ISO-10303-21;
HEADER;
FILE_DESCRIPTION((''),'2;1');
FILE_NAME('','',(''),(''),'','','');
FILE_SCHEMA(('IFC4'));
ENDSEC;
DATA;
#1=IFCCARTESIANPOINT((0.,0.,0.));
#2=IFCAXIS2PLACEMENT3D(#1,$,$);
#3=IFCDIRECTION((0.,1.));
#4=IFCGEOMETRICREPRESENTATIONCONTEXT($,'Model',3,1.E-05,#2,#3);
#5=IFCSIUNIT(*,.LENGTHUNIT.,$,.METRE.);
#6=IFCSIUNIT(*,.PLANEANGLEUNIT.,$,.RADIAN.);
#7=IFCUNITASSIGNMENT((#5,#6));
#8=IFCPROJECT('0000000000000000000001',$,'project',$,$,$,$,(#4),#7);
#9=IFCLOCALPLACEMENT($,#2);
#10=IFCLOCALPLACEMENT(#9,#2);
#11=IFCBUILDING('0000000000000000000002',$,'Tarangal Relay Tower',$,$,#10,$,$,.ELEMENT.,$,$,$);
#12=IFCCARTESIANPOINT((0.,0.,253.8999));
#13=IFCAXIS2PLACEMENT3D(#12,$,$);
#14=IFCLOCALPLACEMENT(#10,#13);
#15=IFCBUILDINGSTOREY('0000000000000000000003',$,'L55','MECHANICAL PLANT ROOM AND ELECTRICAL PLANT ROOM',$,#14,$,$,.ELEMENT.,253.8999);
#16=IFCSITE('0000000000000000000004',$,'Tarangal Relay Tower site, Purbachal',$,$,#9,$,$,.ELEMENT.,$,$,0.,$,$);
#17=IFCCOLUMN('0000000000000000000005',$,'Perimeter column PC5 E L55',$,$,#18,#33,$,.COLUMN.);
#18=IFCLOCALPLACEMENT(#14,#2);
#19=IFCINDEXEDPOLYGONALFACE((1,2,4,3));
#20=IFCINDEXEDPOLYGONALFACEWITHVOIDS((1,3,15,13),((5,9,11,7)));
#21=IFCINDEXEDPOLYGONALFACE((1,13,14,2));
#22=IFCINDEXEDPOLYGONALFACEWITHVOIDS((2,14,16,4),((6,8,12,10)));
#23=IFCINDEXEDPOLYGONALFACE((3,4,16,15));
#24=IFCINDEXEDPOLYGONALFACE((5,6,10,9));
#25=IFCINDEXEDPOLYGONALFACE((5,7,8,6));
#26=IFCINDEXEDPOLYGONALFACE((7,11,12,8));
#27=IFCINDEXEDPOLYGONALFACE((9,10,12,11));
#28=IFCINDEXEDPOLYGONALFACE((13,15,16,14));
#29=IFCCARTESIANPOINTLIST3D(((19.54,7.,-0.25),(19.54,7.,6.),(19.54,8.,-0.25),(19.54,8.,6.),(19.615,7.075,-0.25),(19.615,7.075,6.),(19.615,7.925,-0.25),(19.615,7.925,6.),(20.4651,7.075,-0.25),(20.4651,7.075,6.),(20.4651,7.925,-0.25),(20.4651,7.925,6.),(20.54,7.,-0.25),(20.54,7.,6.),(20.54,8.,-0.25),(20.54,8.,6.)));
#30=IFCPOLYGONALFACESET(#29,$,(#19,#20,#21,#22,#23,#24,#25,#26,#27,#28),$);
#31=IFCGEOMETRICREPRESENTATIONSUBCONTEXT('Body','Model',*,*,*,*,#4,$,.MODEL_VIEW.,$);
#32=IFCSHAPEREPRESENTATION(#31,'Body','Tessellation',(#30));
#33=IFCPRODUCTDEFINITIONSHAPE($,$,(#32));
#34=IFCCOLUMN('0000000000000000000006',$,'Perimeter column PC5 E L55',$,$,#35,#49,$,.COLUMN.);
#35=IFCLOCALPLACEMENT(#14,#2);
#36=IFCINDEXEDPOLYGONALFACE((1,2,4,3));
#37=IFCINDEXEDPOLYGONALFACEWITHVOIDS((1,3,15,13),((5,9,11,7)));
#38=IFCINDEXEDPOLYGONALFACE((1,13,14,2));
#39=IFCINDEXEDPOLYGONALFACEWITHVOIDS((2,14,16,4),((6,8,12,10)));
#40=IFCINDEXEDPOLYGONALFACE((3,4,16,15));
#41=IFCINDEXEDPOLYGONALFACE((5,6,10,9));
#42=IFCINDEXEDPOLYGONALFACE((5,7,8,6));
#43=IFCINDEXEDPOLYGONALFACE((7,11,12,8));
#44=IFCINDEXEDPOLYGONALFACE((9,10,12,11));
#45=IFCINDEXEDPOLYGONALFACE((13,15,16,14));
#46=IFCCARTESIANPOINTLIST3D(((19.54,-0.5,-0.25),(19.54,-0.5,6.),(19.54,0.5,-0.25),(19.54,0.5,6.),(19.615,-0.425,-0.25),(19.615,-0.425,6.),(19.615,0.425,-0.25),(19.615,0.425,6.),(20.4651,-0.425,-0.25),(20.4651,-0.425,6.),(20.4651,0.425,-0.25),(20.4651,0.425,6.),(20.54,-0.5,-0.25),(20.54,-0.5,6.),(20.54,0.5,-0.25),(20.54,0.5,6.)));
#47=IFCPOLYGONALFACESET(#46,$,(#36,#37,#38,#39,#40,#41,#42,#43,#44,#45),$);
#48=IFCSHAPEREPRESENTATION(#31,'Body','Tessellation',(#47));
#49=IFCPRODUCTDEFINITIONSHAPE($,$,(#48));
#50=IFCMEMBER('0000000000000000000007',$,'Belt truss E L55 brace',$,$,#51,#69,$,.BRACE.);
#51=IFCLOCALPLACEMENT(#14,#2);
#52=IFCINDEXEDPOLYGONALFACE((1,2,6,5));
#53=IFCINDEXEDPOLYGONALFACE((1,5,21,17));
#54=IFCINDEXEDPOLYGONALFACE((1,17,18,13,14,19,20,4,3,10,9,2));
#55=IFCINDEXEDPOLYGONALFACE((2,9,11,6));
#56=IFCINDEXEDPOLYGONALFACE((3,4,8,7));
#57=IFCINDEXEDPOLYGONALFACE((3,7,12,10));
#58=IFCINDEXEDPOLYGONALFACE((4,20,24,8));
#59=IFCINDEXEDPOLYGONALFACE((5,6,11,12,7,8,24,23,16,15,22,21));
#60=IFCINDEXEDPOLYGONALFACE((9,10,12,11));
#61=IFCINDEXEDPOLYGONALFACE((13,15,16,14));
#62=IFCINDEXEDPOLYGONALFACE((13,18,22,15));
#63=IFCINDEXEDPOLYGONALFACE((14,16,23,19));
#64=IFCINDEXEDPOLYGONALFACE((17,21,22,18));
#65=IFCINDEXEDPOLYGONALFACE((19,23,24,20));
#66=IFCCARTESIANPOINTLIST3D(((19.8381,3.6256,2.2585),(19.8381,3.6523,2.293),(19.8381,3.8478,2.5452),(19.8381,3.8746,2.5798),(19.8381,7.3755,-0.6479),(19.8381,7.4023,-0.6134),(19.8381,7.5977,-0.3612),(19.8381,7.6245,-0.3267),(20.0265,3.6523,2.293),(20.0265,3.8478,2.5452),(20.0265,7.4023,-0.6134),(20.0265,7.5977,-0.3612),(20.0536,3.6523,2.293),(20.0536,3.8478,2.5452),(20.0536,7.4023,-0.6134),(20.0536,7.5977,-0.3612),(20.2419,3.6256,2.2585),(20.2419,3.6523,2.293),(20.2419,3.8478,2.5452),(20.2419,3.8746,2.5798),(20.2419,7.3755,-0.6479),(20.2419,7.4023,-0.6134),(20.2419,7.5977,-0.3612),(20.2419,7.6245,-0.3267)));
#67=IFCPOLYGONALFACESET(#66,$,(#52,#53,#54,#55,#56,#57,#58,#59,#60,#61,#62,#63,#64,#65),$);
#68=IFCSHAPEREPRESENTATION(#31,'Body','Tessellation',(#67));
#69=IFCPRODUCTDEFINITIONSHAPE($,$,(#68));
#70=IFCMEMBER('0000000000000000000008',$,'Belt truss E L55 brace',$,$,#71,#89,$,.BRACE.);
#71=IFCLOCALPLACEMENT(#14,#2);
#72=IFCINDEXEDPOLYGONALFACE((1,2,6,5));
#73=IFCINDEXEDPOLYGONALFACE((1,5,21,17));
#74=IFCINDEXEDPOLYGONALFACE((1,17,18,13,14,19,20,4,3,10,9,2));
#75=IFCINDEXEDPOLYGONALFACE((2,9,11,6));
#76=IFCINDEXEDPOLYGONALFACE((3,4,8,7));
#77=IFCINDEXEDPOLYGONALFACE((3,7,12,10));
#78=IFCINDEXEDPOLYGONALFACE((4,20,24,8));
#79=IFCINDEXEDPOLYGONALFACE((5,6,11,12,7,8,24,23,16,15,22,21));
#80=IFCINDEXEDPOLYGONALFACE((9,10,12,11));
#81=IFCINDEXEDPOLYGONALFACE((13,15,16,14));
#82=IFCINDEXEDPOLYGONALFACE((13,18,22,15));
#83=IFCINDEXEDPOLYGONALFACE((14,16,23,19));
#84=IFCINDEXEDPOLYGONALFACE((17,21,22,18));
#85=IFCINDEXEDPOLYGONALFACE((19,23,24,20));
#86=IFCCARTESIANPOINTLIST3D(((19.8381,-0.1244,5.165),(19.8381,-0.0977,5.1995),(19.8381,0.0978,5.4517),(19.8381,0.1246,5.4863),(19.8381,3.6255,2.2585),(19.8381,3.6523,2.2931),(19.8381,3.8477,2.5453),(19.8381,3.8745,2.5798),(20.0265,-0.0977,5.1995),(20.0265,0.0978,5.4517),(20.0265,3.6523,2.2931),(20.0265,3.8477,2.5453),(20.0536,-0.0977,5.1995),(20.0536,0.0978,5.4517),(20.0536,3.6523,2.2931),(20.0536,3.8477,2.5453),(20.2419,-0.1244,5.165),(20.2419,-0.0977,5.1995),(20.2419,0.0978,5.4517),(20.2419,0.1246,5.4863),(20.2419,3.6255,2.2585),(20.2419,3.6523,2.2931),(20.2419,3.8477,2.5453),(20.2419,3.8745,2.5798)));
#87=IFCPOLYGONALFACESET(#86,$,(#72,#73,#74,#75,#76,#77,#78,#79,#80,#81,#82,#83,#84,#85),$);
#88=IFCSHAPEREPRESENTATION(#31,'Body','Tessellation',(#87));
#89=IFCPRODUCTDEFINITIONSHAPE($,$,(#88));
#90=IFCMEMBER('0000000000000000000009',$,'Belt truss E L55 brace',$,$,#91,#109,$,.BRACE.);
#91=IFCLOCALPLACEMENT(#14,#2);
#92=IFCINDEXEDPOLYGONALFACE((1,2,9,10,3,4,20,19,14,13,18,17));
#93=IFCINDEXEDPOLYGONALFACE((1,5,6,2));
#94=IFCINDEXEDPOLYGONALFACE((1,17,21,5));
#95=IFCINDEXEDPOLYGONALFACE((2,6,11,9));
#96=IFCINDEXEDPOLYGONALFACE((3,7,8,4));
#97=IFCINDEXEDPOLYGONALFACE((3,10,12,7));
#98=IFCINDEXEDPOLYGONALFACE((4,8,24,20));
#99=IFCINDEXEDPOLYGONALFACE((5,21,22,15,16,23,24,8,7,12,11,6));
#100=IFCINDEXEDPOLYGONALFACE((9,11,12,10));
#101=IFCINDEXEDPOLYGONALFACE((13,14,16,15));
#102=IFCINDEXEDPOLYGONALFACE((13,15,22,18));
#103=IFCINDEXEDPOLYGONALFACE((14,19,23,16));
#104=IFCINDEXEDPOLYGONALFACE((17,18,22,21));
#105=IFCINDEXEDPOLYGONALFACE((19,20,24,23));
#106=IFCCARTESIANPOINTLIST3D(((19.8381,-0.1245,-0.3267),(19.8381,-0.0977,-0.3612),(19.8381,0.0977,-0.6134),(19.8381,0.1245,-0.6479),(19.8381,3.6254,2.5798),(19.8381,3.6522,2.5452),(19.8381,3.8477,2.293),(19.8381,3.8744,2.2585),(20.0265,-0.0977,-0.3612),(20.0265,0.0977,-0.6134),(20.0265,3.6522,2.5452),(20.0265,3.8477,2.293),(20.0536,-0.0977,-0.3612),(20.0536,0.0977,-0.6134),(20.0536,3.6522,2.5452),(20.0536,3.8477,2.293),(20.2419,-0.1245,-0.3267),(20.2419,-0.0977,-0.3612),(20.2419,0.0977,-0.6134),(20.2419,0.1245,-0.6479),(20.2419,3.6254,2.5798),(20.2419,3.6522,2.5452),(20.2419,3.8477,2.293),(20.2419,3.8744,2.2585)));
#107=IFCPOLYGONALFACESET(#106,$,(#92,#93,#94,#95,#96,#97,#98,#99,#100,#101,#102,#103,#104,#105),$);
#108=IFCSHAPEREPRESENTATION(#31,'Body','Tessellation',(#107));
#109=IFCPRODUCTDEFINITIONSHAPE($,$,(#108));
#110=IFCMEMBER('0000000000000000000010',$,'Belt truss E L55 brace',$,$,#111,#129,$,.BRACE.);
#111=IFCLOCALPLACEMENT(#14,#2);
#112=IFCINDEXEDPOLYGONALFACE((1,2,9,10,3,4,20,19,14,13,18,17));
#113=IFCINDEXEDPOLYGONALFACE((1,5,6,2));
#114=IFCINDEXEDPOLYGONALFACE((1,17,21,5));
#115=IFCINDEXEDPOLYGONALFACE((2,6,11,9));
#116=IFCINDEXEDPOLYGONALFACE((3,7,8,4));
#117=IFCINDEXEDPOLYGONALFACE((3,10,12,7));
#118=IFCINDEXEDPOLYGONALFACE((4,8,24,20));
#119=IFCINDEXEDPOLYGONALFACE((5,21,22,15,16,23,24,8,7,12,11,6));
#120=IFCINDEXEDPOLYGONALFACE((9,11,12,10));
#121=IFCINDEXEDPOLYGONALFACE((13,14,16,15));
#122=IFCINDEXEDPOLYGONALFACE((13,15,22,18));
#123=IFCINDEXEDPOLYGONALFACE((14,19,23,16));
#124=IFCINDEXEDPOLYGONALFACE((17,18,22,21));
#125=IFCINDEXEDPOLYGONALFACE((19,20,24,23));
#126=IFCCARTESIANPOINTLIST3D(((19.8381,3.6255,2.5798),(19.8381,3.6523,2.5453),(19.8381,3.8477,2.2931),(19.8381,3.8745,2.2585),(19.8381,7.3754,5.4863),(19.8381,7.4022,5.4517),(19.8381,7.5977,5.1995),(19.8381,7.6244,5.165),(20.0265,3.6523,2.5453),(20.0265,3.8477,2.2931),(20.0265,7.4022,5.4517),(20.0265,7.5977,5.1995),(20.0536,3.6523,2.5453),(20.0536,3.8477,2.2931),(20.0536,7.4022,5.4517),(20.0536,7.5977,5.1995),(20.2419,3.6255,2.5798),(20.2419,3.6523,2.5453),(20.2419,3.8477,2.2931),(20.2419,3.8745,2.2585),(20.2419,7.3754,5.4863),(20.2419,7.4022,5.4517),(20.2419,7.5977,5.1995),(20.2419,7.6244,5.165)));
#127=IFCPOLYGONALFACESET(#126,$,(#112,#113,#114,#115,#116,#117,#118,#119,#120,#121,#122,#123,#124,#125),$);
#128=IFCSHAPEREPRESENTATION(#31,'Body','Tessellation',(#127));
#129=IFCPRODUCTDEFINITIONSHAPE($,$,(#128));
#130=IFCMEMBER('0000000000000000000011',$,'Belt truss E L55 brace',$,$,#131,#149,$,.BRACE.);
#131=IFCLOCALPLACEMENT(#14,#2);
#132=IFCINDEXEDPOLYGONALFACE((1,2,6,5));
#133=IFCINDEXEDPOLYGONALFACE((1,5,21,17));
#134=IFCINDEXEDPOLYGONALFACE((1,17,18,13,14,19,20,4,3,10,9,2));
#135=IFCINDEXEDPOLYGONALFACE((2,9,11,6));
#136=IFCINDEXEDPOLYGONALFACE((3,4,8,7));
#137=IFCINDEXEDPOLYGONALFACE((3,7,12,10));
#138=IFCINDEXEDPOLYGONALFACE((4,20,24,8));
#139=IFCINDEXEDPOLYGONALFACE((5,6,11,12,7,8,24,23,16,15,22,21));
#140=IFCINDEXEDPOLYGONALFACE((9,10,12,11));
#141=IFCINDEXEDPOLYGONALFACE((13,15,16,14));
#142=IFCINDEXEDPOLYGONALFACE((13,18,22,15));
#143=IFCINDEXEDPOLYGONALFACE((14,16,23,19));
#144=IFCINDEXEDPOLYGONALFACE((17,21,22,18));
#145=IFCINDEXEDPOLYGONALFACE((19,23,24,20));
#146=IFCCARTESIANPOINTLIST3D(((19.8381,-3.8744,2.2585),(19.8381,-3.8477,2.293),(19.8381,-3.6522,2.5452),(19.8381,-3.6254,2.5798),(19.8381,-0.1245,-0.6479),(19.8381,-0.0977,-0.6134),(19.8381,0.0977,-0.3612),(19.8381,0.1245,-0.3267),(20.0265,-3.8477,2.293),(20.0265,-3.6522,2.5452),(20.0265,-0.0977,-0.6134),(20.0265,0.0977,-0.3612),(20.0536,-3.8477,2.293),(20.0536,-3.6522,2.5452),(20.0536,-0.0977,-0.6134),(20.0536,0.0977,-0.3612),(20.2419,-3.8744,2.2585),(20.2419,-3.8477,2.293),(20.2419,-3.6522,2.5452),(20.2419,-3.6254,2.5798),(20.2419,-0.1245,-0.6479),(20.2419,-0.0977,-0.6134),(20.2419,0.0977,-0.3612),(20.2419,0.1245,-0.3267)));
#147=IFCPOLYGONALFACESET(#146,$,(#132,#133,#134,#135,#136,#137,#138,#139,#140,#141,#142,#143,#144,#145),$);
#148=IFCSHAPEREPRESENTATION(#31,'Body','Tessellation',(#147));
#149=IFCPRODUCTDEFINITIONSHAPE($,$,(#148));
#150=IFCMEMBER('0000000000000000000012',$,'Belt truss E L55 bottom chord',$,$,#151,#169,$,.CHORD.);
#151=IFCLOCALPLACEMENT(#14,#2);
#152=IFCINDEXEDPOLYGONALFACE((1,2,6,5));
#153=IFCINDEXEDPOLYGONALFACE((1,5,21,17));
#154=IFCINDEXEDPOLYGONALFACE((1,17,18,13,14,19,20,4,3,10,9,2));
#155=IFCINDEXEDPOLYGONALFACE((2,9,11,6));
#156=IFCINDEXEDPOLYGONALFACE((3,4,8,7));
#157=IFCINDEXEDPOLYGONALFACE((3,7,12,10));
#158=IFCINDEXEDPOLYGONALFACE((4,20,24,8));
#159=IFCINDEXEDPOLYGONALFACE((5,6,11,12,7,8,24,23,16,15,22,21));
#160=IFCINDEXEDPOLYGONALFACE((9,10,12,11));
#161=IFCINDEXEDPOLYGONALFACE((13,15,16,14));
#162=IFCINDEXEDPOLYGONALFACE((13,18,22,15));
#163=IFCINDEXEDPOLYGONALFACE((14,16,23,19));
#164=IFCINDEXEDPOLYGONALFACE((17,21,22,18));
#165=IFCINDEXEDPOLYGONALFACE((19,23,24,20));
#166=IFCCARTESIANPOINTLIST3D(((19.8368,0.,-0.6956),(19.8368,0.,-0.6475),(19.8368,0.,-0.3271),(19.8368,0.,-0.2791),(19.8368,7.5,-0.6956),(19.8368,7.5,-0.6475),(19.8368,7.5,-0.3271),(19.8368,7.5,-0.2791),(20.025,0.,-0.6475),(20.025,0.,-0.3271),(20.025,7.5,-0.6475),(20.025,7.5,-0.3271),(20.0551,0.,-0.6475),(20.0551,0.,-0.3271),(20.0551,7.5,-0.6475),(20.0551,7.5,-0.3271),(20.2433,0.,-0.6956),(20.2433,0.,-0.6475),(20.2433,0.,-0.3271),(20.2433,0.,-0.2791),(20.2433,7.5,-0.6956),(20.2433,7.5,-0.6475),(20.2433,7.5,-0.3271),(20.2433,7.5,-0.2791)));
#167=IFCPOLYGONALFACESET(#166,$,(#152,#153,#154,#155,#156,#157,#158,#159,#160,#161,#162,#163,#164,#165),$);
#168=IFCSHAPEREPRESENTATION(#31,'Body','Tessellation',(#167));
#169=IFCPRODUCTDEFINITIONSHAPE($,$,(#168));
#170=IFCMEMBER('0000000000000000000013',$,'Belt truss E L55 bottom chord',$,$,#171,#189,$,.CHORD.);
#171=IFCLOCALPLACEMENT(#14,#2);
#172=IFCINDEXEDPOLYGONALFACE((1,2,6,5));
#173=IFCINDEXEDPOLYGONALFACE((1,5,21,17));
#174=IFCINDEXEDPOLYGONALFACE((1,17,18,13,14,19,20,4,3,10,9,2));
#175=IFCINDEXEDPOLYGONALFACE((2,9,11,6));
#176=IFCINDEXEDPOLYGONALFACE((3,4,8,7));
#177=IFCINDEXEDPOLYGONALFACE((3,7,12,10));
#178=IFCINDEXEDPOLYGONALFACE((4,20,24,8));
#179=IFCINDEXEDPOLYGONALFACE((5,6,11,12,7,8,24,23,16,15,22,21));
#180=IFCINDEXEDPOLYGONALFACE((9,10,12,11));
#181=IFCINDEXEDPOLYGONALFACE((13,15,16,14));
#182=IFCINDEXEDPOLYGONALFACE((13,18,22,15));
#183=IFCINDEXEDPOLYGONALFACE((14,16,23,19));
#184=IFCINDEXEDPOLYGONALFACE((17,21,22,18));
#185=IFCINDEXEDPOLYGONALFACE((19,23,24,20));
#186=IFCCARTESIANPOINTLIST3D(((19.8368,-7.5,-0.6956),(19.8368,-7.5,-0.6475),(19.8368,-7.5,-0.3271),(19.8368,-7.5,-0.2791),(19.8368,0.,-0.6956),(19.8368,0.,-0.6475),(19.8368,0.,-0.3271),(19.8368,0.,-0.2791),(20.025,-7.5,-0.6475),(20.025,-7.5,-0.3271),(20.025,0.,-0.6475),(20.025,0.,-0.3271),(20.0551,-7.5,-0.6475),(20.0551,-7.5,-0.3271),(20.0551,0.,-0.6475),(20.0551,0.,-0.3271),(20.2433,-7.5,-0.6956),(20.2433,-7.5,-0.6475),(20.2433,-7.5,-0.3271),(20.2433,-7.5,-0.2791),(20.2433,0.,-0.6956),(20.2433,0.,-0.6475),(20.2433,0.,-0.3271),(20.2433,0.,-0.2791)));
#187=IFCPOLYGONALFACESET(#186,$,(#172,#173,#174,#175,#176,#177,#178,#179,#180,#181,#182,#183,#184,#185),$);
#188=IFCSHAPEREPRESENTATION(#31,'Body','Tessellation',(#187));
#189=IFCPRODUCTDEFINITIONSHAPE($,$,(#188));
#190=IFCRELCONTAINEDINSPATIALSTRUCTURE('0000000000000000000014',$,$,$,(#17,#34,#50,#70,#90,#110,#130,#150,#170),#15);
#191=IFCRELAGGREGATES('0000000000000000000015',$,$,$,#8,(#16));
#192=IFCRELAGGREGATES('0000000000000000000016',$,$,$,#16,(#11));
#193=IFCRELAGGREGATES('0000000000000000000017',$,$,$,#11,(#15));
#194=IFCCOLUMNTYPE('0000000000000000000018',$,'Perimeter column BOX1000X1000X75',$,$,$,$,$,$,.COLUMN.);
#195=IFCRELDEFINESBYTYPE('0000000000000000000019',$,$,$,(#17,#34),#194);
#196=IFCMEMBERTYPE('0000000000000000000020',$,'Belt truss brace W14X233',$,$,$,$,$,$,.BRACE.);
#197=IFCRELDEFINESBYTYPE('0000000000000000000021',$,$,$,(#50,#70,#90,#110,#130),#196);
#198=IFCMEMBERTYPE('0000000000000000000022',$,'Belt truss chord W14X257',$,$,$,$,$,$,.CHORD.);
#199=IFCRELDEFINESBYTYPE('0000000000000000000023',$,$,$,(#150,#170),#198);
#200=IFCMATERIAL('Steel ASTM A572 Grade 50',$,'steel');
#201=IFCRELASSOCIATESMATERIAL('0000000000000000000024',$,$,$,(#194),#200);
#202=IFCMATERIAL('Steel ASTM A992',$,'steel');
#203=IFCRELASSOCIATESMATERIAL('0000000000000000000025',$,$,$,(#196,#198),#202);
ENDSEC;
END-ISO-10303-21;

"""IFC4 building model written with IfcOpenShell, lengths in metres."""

from ifc_helpers import new_model, si_unit, direction, frame, origin, origin_2d, place, context, subcontext, project, spatial, hollow_rectangle, i_section, extrude, material, material_profile, profile_set, type_object, element, save


model = new_model("IFC4")

# Units and contexts
model_context = context("Model", 3, precision=1e-05, world=origin(), true_north=direction((0.0, 1.0)))
body_context = subcontext(model_context, "Body", "Model", "MODEL_VIEW")
ifc_project = project(units=[si_unit("LENGTHUNIT", "METRE"), si_unit("PLANEANGLEUNIT", "RADIAN")], contexts=[model_context])

# Site, building, storey
site_placement = place(None, origin())
site = spatial("IfcSite", under=ifc_project, at=site_placement, Name="Tarangal Relay Tower site, Purbachal", CompositionType="ELEMENT", RefElevation=0.0)
building_placement = place(site_placement, origin())
building = spatial("IfcBuilding", under=site, at=building_placement, Name="Tarangal Relay Tower", CompositionType="ELEMENT")
storey_placement = place(building_placement, frame((0.0, 0.0, 253.8999)))
storey = spatial("IfcBuildingStorey", under=building, at=storey_placement, Name="L55", Description="MECHANICAL PLANT ROOM AND ELECTRICAL PLANT ROOM", CompositionType="ELEMENT", Elevation=253.8999)

# Columns
ifc_material_1 = material(Name="Steel ASTM A572 Grade 50", Category="steel")
ifc_material_profile_1 = material_profile(ifc_material_1, hollow_rectangle(XDim=1.0, YDim=1.0, WallThickness=0.075, at=origin_2d()), Name="BOX1000X1000X75")
ifc_profile_set_1 = profile_set([ifc_material_profile_1], Name="Steel ASTM A572 Grade 50")
column_type = type_object("IfcColumnType", Name="Perimeter column BOX1000X1000X75", PredefinedType="COLUMN", material=ifc_profile_set_1)
for number, where, z_axis, x_axis, name in (
    (1, (20.04, 7.5, -0.25), (0.0, 0.0, 1.0), (1.0, 0.0, 0.0), "Perimeter column PC5 E L55"),
    (2, (20.04, 0.0, -0.25), (0.0, 0.0, 1.0), (1.0, 0.0, 0.0), "Perimeter column PC5 E L55"),
):
    element("IfcColumn", number, at=place(storey_placement, frame(where, z_axis=z_axis, x_axis=x_axis)), inside=storey, type_object=column_type, Name=name, PredefinedType="COLUMN", context=body_context, shape_type="SweptSolid", body=[
        extrude(hollow_rectangle(XDim=1.0, YDim=1.0, WallThickness=0.075, at=origin_2d()), origin(), (0.0, 0.0, 1.0), 6.25),
    ])

# Members
ifc_material_2 = material(Name="Steel ASTM A992", Category="steel")
ifc_material_profile_2 = material_profile(ifc_material_2, i_section(OverallWidth=0.4038, OverallDepth=0.4065, WebThickness=0.0271, FlangeThickness=0.0437, at=origin_2d()), Name="W14X233")
ifc_profile_set_2 = profile_set([ifc_material_profile_2], Name="Steel ASTM A992")
member_type_1 = type_object("IfcMemberType", Name="Belt truss brace W14X233", PredefinedType="BRACE", material=ifc_profile_set_2)
for number, where, z_axis, x_axis, name in (
    (3, (20.04, 7.5, -0.4873), (0.0, -0.79039, 0.612604), (1.0, 0.0, 0.0), "Belt truss E L55 brace"),
    (4, (20.04, 3.75, 2.4192), (0.0, -0.79039, 0.612604), (1.0, 0.0, 0.0), "Belt truss E L55 brace"),
    (5, (20.04, 0.0, -0.4873), (0.0, 0.79039, 0.612604), (-1.0, 0.0, 0.0), "Belt truss E L55 brace"),
    (6, (20.04, 3.75, 2.4192), (0.0, 0.79039, 0.612604), (-1.0, 0.0, 0.0), "Belt truss E L55 brace"),
    (7, (20.04, 0.0, -0.4873), (0.0, -0.79039, 0.612604), (1.0, 0.0, 0.0), "Belt truss E L55 brace"),
):
    element("IfcMember", number, at=place(storey_placement, frame(where, z_axis=z_axis, x_axis=x_axis)), inside=storey, type_object=member_type_1, Name=name, PredefinedType="BRACE", context=body_context, shape_type="SweptSolid", body=[
        extrude(i_section(OverallWidth=0.4038, OverallDepth=0.4065, WebThickness=0.0271, FlangeThickness=0.0437, at=origin_2d()), origin(), (0.0, 0.0, 1.0), 4.7444),
    ])
ifc_material_profile_3 = material_profile(ifc_material_2, i_section(OverallWidth=0.4065, OverallDepth=0.4165, WebThickness=0.03, FlangeThickness=0.0481, at=origin_2d()), Name="W14X257")
ifc_profile_set_3 = profile_set([ifc_material_profile_3], Name="Steel ASTM A992")
member_type_2 = type_object("IfcMemberType", Name="Belt truss chord W14X257", PredefinedType="CHORD", material=ifc_profile_set_3)
for number, where, z_axis, x_axis, name in (
    (8, (20.04, 7.5, -0.4873), (0.0, -1.0, 0.0), (1.0, 0.0, 0.0), "Belt truss E L55 bottom chord"),
    (9, (20.04, 0.0, -0.4873), (0.0, -1.0, 0.0), (1.0, 0.0, 0.0), "Belt truss E L55 bottom chord"),
):
    element("IfcMember", number, at=place(storey_placement, frame(where, z_axis=z_axis, x_axis=x_axis)), inside=storey, type_object=member_type_2, Name=name, PredefinedType="CHORD", context=body_context, shape_type="SweptSolid", body=[
        extrude(i_section(OverallWidth=0.4065, OverallDepth=0.4165, WebThickness=0.03, FlangeThickness=0.0481, at=origin_2d()), origin(), (0.0, 0.0, 1.0), 7.5),
    ])

save(model, "model.ifc")
